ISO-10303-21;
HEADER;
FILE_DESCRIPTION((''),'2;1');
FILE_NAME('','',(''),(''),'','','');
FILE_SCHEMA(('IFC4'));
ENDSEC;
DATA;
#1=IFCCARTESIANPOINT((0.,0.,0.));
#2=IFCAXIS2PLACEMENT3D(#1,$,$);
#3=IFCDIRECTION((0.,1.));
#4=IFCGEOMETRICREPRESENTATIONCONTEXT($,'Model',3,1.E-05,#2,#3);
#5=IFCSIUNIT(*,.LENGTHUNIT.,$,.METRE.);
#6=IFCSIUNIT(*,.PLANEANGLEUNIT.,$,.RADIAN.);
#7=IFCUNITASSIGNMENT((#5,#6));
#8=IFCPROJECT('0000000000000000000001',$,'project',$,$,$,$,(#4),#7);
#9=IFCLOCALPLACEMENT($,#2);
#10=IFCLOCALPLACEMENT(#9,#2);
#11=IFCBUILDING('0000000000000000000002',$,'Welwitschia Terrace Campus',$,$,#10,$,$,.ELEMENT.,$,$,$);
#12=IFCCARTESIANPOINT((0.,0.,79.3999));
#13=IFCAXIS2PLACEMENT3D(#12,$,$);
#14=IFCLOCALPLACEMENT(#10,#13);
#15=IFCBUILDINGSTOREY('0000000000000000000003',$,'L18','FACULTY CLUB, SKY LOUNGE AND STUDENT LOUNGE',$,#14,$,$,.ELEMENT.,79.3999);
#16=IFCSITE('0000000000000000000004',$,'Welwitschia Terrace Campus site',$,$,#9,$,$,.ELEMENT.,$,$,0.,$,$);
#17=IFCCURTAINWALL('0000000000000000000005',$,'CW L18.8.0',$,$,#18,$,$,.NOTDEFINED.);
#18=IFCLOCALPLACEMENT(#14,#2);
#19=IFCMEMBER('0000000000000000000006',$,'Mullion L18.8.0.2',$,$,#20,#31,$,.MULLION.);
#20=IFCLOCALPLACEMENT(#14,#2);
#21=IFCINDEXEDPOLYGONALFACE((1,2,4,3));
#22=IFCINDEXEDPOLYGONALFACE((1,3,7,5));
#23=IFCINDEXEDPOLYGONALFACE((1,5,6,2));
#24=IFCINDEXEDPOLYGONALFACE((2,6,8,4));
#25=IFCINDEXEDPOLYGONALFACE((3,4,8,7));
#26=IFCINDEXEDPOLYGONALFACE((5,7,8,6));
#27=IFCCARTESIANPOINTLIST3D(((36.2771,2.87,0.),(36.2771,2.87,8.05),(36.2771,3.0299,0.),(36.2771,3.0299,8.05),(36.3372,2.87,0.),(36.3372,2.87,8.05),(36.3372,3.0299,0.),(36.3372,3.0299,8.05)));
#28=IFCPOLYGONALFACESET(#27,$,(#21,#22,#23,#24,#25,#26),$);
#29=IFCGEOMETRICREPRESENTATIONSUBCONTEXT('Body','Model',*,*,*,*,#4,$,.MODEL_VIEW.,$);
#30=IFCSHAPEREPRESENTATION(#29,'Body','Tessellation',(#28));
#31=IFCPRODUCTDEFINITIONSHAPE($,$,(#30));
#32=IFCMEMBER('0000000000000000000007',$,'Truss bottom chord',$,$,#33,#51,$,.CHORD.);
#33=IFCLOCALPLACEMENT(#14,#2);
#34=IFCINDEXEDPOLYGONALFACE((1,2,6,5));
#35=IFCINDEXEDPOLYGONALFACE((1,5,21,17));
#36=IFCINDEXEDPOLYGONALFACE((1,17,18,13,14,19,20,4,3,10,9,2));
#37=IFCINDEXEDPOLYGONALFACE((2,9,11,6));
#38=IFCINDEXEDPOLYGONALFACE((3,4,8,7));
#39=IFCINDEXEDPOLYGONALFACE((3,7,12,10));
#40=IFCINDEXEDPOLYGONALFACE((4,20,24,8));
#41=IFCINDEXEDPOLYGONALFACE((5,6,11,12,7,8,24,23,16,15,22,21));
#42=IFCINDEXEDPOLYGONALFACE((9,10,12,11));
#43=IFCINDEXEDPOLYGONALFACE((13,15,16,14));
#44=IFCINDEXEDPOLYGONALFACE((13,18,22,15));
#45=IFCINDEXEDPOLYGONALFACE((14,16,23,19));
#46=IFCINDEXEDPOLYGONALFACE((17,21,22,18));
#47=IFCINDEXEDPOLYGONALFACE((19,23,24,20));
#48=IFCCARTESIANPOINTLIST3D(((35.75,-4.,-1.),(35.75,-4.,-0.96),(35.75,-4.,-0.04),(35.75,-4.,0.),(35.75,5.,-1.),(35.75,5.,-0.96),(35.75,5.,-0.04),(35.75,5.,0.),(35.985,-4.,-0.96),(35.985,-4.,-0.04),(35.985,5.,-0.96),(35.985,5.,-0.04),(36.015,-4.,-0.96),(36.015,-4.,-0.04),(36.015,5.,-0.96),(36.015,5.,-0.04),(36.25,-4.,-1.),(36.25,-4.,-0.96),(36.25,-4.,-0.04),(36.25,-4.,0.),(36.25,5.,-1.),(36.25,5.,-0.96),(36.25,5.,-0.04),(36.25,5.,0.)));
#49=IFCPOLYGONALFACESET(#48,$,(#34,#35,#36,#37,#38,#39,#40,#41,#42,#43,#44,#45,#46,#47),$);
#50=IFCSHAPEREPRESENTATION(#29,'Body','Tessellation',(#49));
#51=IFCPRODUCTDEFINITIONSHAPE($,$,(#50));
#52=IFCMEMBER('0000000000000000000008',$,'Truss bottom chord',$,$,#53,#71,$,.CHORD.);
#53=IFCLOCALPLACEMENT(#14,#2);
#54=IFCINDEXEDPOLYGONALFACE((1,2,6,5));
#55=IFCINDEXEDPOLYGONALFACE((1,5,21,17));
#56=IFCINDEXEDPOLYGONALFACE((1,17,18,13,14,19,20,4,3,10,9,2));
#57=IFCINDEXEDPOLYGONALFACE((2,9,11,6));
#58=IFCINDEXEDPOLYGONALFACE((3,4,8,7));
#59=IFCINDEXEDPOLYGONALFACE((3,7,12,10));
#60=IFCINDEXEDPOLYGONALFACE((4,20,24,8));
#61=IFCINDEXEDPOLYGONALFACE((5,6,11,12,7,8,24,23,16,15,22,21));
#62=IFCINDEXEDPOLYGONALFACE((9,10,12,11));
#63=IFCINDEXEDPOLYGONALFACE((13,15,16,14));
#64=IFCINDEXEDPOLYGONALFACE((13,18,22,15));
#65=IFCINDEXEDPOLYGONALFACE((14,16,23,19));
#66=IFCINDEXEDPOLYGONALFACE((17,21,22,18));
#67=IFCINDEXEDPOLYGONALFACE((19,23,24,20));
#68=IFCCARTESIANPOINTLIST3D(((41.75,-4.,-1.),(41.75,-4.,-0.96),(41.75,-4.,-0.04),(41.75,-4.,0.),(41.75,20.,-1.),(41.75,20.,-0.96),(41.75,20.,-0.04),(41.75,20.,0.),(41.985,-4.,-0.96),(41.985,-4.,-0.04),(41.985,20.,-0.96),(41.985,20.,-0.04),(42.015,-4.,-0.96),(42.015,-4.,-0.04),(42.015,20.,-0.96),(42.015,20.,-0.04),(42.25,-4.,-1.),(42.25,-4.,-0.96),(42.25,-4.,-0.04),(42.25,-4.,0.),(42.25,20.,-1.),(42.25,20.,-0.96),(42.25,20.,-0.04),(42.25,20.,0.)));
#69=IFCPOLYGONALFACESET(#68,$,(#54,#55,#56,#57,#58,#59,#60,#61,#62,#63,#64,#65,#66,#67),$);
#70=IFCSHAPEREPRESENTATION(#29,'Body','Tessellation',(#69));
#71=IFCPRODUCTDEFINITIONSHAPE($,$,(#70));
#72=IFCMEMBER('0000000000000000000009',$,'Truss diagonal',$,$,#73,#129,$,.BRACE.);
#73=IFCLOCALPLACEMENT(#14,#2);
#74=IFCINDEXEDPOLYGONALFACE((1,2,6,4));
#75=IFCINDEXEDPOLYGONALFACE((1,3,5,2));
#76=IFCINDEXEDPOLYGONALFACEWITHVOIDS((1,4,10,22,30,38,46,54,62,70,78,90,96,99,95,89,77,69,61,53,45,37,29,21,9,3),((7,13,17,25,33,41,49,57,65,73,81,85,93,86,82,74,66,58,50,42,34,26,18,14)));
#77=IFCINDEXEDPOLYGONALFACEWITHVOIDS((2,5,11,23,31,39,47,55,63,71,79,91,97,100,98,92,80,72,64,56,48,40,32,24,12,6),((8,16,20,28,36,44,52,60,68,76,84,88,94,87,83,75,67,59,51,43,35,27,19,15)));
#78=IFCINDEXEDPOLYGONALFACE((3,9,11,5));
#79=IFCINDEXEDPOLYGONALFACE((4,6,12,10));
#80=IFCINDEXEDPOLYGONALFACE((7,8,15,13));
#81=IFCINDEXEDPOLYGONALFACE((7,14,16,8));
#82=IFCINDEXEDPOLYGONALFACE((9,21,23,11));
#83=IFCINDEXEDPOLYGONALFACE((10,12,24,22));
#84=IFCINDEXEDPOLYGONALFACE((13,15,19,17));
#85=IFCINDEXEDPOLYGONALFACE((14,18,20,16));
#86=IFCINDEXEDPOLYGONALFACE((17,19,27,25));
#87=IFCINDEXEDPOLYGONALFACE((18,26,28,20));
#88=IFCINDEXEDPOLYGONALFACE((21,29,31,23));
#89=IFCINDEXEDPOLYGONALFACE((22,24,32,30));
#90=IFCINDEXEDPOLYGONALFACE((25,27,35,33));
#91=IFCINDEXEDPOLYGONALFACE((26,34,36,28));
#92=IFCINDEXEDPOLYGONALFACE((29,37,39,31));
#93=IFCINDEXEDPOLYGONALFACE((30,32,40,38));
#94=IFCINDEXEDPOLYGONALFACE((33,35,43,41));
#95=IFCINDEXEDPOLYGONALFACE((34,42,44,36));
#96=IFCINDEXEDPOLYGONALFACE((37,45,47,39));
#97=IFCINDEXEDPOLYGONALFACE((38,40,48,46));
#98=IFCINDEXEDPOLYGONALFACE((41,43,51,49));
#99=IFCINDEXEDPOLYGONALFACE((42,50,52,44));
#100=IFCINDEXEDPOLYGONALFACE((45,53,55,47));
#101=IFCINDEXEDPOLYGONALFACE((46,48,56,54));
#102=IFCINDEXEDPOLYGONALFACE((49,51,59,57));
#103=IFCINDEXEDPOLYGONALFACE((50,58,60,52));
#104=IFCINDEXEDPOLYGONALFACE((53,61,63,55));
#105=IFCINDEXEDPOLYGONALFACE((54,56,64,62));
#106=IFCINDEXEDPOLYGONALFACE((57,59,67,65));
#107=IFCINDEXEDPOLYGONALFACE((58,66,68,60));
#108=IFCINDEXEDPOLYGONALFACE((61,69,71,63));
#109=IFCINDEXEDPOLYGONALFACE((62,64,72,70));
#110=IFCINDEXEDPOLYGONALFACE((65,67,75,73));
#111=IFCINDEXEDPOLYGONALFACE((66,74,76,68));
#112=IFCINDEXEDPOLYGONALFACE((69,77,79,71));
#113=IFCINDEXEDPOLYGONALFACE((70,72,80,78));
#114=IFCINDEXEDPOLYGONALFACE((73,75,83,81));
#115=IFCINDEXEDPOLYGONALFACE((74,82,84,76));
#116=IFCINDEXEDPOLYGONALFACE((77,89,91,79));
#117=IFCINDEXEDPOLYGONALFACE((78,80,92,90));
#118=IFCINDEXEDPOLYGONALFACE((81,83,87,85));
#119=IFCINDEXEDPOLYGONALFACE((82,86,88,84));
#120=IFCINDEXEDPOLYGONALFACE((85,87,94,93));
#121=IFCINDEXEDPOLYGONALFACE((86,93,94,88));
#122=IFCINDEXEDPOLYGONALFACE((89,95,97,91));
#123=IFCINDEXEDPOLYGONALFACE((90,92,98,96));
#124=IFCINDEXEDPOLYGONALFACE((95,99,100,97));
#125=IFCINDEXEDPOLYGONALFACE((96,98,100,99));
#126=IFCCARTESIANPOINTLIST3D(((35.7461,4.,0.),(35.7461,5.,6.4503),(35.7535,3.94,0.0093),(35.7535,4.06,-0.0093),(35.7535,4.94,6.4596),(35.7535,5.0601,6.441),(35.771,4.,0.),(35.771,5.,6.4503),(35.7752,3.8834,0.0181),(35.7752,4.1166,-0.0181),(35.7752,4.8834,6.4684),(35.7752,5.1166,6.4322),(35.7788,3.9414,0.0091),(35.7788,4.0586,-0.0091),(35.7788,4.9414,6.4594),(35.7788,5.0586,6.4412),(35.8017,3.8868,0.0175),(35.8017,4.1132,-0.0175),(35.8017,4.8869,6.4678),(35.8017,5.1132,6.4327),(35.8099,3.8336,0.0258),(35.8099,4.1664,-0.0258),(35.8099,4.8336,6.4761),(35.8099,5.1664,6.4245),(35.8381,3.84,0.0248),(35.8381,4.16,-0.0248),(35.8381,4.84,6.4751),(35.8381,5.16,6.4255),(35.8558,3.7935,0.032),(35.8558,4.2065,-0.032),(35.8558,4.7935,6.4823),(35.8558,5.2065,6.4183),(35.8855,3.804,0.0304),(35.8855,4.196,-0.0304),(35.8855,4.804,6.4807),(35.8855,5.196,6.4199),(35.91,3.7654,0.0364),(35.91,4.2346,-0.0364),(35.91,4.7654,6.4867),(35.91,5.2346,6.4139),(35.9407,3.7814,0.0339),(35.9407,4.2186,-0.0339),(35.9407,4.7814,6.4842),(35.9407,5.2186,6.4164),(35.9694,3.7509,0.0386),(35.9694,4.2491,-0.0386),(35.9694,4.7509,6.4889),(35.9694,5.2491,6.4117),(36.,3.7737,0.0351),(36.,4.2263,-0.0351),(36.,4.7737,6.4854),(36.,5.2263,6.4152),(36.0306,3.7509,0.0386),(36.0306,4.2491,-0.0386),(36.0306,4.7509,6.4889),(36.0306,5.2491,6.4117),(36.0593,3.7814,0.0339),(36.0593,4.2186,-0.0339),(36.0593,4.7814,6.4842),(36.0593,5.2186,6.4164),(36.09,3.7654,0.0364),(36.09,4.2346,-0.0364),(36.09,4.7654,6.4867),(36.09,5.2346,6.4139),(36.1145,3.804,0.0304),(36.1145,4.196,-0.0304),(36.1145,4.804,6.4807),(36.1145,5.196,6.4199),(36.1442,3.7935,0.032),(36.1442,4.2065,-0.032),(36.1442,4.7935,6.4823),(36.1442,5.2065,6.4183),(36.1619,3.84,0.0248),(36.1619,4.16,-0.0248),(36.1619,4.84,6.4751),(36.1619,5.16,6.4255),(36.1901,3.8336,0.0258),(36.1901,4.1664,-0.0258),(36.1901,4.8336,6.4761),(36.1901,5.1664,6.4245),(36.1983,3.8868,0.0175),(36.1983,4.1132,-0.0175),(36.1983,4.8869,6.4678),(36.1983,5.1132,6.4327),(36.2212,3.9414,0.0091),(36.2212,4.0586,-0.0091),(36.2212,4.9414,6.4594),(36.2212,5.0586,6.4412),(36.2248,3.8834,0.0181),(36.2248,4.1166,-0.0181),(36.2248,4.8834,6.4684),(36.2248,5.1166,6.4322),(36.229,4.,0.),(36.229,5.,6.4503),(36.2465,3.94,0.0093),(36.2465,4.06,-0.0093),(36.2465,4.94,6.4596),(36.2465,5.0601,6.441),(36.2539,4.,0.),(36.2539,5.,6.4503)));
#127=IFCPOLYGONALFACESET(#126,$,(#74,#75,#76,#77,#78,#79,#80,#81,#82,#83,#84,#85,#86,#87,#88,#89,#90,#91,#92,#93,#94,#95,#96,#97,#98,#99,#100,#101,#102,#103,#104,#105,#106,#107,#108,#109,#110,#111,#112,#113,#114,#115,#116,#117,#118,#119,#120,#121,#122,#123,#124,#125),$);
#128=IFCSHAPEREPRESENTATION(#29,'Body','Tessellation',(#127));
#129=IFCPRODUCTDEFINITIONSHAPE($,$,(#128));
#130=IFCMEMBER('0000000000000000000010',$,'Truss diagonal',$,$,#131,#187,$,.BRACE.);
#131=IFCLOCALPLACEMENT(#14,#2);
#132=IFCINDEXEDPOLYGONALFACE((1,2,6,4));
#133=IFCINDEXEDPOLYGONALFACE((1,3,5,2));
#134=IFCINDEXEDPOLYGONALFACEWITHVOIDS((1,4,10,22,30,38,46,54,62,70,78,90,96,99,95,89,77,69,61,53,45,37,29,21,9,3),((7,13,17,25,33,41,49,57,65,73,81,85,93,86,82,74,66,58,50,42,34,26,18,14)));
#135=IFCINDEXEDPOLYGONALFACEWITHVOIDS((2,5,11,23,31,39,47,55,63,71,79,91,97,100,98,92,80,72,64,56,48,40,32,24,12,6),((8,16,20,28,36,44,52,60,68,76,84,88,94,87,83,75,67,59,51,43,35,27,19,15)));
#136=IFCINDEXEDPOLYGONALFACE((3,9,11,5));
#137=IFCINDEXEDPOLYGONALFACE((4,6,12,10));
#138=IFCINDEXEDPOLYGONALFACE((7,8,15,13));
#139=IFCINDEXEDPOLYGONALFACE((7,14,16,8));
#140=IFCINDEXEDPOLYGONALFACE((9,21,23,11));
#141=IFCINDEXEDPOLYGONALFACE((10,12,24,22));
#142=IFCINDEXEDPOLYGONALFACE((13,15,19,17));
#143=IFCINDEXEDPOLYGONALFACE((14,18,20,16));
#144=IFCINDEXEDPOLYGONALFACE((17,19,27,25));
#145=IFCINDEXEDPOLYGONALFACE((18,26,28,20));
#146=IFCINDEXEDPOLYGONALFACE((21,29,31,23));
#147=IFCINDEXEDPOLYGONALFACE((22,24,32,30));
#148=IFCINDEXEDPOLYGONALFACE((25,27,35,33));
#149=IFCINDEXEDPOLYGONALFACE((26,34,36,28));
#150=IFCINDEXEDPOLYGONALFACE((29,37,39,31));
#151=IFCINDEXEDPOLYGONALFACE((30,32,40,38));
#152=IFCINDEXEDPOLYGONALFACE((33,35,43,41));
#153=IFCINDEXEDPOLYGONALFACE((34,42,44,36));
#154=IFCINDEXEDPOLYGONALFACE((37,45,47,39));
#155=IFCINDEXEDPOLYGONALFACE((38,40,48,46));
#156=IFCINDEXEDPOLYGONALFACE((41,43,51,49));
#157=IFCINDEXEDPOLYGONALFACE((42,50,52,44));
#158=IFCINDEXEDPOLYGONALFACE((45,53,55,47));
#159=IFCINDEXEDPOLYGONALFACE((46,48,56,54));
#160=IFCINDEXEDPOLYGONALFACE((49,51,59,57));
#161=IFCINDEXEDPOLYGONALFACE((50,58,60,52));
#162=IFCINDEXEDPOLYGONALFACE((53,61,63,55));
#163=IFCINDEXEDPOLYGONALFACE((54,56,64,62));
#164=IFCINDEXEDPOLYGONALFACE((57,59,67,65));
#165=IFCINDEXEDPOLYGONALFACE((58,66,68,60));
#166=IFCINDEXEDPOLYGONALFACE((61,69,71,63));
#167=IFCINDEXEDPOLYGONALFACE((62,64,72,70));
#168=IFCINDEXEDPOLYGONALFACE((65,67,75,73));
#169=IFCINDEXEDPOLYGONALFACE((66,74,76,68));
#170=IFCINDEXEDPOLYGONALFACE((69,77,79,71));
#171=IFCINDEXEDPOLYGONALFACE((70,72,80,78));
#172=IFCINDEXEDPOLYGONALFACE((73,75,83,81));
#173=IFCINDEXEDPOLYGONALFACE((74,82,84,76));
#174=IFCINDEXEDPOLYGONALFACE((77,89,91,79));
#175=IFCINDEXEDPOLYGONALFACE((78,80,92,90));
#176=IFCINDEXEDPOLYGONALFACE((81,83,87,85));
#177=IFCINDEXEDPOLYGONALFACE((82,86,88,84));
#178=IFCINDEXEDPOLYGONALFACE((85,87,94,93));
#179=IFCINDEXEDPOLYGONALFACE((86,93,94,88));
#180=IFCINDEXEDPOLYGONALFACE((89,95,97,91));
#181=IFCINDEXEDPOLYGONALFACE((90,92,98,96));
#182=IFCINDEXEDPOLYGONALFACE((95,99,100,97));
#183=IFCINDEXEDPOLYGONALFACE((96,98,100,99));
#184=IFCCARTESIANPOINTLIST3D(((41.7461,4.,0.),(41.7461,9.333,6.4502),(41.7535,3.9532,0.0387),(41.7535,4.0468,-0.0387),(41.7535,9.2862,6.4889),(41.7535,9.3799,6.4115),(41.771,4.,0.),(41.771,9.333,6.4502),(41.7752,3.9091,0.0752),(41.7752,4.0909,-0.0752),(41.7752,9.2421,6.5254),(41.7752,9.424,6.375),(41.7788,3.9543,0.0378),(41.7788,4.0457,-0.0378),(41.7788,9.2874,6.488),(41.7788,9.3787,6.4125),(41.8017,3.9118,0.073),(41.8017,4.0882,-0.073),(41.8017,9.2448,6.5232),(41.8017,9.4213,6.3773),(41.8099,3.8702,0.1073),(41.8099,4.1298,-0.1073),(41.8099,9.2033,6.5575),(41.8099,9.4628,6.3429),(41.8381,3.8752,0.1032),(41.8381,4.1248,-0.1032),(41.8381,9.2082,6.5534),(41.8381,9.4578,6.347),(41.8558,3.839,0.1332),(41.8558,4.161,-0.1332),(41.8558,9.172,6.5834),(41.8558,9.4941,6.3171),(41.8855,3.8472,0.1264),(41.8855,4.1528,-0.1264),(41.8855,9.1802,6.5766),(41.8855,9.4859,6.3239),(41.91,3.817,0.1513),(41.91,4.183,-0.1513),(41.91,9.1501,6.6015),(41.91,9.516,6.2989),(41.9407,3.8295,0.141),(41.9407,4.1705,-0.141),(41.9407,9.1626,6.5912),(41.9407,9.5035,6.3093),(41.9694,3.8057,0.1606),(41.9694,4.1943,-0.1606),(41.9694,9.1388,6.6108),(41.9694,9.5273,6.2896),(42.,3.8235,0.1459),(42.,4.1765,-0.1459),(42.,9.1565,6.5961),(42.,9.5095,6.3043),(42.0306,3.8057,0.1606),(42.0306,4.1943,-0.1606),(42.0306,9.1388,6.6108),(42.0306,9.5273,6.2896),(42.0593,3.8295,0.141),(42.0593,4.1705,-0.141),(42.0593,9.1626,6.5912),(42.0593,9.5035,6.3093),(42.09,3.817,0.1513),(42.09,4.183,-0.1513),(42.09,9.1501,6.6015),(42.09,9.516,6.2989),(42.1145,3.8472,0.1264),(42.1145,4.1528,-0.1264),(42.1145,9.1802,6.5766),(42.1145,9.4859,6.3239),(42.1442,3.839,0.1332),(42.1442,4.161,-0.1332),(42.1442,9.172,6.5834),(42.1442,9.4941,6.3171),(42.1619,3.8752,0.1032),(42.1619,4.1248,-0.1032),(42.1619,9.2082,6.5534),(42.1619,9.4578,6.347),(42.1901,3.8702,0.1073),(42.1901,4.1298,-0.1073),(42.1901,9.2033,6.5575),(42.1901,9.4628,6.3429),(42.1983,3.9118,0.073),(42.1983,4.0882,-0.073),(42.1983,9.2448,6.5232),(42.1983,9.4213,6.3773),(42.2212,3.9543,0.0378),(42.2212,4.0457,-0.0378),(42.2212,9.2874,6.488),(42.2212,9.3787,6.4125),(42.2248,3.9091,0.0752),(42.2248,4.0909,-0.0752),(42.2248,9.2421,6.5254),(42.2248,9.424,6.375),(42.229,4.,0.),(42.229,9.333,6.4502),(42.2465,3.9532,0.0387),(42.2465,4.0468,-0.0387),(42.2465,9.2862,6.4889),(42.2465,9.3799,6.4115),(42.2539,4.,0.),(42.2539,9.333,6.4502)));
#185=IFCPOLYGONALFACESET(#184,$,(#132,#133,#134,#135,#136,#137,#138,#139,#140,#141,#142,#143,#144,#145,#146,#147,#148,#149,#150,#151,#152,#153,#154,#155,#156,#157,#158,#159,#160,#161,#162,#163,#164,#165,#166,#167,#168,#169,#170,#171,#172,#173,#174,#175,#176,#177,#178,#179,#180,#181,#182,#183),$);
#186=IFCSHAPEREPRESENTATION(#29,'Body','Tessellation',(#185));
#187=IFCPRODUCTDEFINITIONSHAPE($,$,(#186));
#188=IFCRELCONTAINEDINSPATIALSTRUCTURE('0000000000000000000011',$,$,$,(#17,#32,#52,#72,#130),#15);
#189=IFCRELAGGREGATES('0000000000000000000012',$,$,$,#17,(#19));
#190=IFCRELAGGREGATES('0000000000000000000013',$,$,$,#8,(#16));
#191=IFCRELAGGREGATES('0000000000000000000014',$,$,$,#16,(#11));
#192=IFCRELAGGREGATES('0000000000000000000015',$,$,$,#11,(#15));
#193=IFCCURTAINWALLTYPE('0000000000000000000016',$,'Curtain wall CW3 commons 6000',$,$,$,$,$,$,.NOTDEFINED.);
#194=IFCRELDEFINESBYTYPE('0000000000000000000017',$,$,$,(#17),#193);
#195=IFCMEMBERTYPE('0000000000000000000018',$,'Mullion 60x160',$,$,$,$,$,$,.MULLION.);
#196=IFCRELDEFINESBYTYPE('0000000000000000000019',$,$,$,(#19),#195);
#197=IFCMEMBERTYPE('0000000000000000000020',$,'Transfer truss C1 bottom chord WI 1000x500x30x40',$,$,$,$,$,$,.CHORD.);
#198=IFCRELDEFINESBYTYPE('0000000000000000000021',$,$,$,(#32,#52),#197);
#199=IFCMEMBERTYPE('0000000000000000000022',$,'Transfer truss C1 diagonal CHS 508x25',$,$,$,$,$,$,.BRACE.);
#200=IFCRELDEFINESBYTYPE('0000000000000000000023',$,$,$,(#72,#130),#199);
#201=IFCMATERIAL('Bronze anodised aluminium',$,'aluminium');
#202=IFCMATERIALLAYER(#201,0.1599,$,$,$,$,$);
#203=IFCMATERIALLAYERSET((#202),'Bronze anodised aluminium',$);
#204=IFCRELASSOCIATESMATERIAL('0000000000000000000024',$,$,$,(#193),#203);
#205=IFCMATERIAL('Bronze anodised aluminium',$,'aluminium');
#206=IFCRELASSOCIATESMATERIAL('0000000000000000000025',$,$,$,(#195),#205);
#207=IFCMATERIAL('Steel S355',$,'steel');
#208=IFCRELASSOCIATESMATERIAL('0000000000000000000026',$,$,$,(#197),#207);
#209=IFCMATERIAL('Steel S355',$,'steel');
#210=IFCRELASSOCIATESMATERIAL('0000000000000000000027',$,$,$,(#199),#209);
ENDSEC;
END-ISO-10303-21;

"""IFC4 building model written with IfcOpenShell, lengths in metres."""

from ifc_helpers import new_model, si_unit, direction, frame, origin, origin_2d, place, context, subcontext, project, spatial, rectangle, hollow_circle, i_section, extrude, material, layer, layer_set, material_profile, profile_set, type_object, element, aggregate, save


model = new_model("IFC4")

# Units and contexts
model_context = context("Model", 3, precision=1e-05, world=origin(), true_north=direction((0.0, 1.0)))
body_context = subcontext(model_context, "Body", "Model", "MODEL_VIEW")
ifc_project = project(units=[si_unit("LENGTHUNIT", "METRE"), si_unit("PLANEANGLEUNIT", "RADIAN")], contexts=[model_context])

# Site, building, storey
site_placement = place(None, origin())
site = spatial("IfcSite", under=ifc_project, at=site_placement, Name="Welwitschia Terrace Campus site", CompositionType="ELEMENT", RefElevation=0.0)
building_placement = place(site_placement, origin())
building = spatial("IfcBuilding", under=site, at=building_placement, Name="Welwitschia Terrace Campus", CompositionType="ELEMENT")
storey_placement = place(building_placement, frame((0.0, 0.0, 79.3999)))
storey = spatial("IfcBuildingStorey", under=building, at=storey_placement, Name="L18", Description="FACULTY CLUB, SKY LOUNGE AND STUDENT LOUNGE", CompositionType="ELEMENT", Elevation=79.3999)

# Curtain wall, member
ifc_material_1 = material(Name="Bronze anodised aluminium", Category="aluminium")
ifc_layer_1 = layer(ifc_material_1, 0.1599)
ifc_layer_set_1 = layer_set([ifc_layer_1], Name="Bronze anodised aluminium")
curtain_wall_type = type_object("IfcCurtainWallType", Name="Curtain wall CW3 commons 6000", PredefinedType="NOTDEFINED", material=ifc_layer_set_1)
curtain_wall_placement = place(storey_placement, origin())
curtain_wall = element("IfcCurtainWall", 1, at=curtain_wall_placement, inside=storey, type_object=curtain_wall_type, Name="CW L18.8.0", PredefinedType="NOTDEFINED")
ifc_material_2 = material(Name="Bronze anodised aluminium", Category="aluminium")
ifc_material_profile_1 = material_profile(ifc_material_2, rectangle(XDim=0.1599, YDim=0.0601, at=origin_2d()))
ifc_profile_set_1 = profile_set([ifc_material_profile_1], Name="Bronze anodised aluminium")
member_type_1 = type_object("IfcMemberType", Name="Mullion 60x160", PredefinedType="MULLION", material=ifc_profile_set_1)
member_1_placement = place(storey_placement, frame((36.3071, 2.95, 0.0), z_axis=(0.0, 0.0, 1.0), x_axis=(0.0, 1.0, 0.0)))
member_1 = element("IfcMember", 2, at=member_1_placement, type_object=member_type_1, Name="Mullion L18.8.0.2", PredefinedType="MULLION", context=body_context, shape_type="SweptSolid", body=[
    extrude(rectangle(XDim=0.1599, YDim=0.0601, at=origin_2d()), origin(), (0.0, 0.0, 1.0), 8.05),
])

# Members
ifc_material_3 = material(Name="Steel S355", Category="steel")
ifc_material_profile_2 = material_profile(ifc_material_3, i_section(OverallWidth=0.5, OverallDepth=1.0, WebThickness=0.03, FlangeThickness=0.04, at=origin_2d()))
ifc_profile_set_2 = profile_set([ifc_material_profile_2], Name="Steel S355")
member_type_2 = type_object("IfcMemberType", Name="Transfer truss C1 bottom chord WI 1000x500x30x40", PredefinedType="CHORD", material=ifc_profile_set_2)
member_2_placement = place(storey_placement, frame((36.0, -4.0, -0.5), z_axis=(0.0, 1.0, 0.0), x_axis=(-1.0, 0.0, 0.0)))
element("IfcMember", 3, at=member_2_placement, inside=storey, type_object=member_type_2, Name="Truss bottom chord", PredefinedType="CHORD", context=body_context, shape_type="SweptSolid", body=[
    extrude(i_section(OverallWidth=0.5, OverallDepth=1.0, WebThickness=0.03, FlangeThickness=0.04, at=origin_2d()), origin(), (0.0, 0.0, 1.0), 9.0),
])
member_3_placement = place(storey_placement, frame((42.0, -4.0, -0.5), z_axis=(0.0, 1.0, 0.0), x_axis=(-1.0, 0.0, 0.0)))
element("IfcMember", 4, at=member_3_placement, inside=storey, type_object=member_type_2, Name="Truss bottom chord", PredefinedType="CHORD", context=body_context, shape_type="SweptSolid", body=[
    extrude(i_section(OverallWidth=0.5, OverallDepth=1.0, WebThickness=0.03, FlangeThickness=0.04, at=origin_2d()), origin(), (0.0, 0.0, 1.0), 24.0),
])
ifc_material_4 = material(Name="Steel S355", Category="steel")
ifc_material_profile_3 = material_profile(ifc_material_4, hollow_circle(Radius=0.2539, WallThickness=0.0249, at=origin_2d()))
ifc_profile_set_3 = profile_set([ifc_material_profile_3], Name="Steel S355")
member_type_3 = type_object("IfcMemberType", Name="Transfer truss C1 diagonal CHS 508x25", PredefinedType="BRACE", material=ifc_profile_set_3)
member_4_placement = place(storey_placement, frame((36.0, 4.0, 0.0), z_axis=(0.0, 0.153204, 0.988195), x_axis=(-1.0, 0.0, 0.0)))
element("IfcMember", 5, at=member_4_placement, inside=storey, type_object=member_type_3, Name="Truss diagonal", PredefinedType="BRACE", context=body_context, shape_type="SweptSolid", body=[
    extrude(hollow_circle(Radius=0.2539, WallThickness=0.0249, at=origin_2d()), origin(), (0.0, 0.0, 1.0), 6.5273),
])
member_5_placement = place(storey_placement, frame((42.0, 4.0, 0.0), z_axis=(0.0, 0.637207, 0.770693), x_axis=(-1.0, 0.0, 0.0)))
element("IfcMember", 6, at=member_5_placement, inside=storey, type_object=member_type_3, Name="Truss diagonal", PredefinedType="BRACE", context=body_context, shape_type="SweptSolid", body=[
    extrude(hollow_circle(Radius=0.2539, WallThickness=0.0249, at=origin_2d()), origin(), (0.0, 0.0, 1.0), 8.3694),
])

aggregate(curtain_wall, [member_1])

save(model, "model.ifc")
